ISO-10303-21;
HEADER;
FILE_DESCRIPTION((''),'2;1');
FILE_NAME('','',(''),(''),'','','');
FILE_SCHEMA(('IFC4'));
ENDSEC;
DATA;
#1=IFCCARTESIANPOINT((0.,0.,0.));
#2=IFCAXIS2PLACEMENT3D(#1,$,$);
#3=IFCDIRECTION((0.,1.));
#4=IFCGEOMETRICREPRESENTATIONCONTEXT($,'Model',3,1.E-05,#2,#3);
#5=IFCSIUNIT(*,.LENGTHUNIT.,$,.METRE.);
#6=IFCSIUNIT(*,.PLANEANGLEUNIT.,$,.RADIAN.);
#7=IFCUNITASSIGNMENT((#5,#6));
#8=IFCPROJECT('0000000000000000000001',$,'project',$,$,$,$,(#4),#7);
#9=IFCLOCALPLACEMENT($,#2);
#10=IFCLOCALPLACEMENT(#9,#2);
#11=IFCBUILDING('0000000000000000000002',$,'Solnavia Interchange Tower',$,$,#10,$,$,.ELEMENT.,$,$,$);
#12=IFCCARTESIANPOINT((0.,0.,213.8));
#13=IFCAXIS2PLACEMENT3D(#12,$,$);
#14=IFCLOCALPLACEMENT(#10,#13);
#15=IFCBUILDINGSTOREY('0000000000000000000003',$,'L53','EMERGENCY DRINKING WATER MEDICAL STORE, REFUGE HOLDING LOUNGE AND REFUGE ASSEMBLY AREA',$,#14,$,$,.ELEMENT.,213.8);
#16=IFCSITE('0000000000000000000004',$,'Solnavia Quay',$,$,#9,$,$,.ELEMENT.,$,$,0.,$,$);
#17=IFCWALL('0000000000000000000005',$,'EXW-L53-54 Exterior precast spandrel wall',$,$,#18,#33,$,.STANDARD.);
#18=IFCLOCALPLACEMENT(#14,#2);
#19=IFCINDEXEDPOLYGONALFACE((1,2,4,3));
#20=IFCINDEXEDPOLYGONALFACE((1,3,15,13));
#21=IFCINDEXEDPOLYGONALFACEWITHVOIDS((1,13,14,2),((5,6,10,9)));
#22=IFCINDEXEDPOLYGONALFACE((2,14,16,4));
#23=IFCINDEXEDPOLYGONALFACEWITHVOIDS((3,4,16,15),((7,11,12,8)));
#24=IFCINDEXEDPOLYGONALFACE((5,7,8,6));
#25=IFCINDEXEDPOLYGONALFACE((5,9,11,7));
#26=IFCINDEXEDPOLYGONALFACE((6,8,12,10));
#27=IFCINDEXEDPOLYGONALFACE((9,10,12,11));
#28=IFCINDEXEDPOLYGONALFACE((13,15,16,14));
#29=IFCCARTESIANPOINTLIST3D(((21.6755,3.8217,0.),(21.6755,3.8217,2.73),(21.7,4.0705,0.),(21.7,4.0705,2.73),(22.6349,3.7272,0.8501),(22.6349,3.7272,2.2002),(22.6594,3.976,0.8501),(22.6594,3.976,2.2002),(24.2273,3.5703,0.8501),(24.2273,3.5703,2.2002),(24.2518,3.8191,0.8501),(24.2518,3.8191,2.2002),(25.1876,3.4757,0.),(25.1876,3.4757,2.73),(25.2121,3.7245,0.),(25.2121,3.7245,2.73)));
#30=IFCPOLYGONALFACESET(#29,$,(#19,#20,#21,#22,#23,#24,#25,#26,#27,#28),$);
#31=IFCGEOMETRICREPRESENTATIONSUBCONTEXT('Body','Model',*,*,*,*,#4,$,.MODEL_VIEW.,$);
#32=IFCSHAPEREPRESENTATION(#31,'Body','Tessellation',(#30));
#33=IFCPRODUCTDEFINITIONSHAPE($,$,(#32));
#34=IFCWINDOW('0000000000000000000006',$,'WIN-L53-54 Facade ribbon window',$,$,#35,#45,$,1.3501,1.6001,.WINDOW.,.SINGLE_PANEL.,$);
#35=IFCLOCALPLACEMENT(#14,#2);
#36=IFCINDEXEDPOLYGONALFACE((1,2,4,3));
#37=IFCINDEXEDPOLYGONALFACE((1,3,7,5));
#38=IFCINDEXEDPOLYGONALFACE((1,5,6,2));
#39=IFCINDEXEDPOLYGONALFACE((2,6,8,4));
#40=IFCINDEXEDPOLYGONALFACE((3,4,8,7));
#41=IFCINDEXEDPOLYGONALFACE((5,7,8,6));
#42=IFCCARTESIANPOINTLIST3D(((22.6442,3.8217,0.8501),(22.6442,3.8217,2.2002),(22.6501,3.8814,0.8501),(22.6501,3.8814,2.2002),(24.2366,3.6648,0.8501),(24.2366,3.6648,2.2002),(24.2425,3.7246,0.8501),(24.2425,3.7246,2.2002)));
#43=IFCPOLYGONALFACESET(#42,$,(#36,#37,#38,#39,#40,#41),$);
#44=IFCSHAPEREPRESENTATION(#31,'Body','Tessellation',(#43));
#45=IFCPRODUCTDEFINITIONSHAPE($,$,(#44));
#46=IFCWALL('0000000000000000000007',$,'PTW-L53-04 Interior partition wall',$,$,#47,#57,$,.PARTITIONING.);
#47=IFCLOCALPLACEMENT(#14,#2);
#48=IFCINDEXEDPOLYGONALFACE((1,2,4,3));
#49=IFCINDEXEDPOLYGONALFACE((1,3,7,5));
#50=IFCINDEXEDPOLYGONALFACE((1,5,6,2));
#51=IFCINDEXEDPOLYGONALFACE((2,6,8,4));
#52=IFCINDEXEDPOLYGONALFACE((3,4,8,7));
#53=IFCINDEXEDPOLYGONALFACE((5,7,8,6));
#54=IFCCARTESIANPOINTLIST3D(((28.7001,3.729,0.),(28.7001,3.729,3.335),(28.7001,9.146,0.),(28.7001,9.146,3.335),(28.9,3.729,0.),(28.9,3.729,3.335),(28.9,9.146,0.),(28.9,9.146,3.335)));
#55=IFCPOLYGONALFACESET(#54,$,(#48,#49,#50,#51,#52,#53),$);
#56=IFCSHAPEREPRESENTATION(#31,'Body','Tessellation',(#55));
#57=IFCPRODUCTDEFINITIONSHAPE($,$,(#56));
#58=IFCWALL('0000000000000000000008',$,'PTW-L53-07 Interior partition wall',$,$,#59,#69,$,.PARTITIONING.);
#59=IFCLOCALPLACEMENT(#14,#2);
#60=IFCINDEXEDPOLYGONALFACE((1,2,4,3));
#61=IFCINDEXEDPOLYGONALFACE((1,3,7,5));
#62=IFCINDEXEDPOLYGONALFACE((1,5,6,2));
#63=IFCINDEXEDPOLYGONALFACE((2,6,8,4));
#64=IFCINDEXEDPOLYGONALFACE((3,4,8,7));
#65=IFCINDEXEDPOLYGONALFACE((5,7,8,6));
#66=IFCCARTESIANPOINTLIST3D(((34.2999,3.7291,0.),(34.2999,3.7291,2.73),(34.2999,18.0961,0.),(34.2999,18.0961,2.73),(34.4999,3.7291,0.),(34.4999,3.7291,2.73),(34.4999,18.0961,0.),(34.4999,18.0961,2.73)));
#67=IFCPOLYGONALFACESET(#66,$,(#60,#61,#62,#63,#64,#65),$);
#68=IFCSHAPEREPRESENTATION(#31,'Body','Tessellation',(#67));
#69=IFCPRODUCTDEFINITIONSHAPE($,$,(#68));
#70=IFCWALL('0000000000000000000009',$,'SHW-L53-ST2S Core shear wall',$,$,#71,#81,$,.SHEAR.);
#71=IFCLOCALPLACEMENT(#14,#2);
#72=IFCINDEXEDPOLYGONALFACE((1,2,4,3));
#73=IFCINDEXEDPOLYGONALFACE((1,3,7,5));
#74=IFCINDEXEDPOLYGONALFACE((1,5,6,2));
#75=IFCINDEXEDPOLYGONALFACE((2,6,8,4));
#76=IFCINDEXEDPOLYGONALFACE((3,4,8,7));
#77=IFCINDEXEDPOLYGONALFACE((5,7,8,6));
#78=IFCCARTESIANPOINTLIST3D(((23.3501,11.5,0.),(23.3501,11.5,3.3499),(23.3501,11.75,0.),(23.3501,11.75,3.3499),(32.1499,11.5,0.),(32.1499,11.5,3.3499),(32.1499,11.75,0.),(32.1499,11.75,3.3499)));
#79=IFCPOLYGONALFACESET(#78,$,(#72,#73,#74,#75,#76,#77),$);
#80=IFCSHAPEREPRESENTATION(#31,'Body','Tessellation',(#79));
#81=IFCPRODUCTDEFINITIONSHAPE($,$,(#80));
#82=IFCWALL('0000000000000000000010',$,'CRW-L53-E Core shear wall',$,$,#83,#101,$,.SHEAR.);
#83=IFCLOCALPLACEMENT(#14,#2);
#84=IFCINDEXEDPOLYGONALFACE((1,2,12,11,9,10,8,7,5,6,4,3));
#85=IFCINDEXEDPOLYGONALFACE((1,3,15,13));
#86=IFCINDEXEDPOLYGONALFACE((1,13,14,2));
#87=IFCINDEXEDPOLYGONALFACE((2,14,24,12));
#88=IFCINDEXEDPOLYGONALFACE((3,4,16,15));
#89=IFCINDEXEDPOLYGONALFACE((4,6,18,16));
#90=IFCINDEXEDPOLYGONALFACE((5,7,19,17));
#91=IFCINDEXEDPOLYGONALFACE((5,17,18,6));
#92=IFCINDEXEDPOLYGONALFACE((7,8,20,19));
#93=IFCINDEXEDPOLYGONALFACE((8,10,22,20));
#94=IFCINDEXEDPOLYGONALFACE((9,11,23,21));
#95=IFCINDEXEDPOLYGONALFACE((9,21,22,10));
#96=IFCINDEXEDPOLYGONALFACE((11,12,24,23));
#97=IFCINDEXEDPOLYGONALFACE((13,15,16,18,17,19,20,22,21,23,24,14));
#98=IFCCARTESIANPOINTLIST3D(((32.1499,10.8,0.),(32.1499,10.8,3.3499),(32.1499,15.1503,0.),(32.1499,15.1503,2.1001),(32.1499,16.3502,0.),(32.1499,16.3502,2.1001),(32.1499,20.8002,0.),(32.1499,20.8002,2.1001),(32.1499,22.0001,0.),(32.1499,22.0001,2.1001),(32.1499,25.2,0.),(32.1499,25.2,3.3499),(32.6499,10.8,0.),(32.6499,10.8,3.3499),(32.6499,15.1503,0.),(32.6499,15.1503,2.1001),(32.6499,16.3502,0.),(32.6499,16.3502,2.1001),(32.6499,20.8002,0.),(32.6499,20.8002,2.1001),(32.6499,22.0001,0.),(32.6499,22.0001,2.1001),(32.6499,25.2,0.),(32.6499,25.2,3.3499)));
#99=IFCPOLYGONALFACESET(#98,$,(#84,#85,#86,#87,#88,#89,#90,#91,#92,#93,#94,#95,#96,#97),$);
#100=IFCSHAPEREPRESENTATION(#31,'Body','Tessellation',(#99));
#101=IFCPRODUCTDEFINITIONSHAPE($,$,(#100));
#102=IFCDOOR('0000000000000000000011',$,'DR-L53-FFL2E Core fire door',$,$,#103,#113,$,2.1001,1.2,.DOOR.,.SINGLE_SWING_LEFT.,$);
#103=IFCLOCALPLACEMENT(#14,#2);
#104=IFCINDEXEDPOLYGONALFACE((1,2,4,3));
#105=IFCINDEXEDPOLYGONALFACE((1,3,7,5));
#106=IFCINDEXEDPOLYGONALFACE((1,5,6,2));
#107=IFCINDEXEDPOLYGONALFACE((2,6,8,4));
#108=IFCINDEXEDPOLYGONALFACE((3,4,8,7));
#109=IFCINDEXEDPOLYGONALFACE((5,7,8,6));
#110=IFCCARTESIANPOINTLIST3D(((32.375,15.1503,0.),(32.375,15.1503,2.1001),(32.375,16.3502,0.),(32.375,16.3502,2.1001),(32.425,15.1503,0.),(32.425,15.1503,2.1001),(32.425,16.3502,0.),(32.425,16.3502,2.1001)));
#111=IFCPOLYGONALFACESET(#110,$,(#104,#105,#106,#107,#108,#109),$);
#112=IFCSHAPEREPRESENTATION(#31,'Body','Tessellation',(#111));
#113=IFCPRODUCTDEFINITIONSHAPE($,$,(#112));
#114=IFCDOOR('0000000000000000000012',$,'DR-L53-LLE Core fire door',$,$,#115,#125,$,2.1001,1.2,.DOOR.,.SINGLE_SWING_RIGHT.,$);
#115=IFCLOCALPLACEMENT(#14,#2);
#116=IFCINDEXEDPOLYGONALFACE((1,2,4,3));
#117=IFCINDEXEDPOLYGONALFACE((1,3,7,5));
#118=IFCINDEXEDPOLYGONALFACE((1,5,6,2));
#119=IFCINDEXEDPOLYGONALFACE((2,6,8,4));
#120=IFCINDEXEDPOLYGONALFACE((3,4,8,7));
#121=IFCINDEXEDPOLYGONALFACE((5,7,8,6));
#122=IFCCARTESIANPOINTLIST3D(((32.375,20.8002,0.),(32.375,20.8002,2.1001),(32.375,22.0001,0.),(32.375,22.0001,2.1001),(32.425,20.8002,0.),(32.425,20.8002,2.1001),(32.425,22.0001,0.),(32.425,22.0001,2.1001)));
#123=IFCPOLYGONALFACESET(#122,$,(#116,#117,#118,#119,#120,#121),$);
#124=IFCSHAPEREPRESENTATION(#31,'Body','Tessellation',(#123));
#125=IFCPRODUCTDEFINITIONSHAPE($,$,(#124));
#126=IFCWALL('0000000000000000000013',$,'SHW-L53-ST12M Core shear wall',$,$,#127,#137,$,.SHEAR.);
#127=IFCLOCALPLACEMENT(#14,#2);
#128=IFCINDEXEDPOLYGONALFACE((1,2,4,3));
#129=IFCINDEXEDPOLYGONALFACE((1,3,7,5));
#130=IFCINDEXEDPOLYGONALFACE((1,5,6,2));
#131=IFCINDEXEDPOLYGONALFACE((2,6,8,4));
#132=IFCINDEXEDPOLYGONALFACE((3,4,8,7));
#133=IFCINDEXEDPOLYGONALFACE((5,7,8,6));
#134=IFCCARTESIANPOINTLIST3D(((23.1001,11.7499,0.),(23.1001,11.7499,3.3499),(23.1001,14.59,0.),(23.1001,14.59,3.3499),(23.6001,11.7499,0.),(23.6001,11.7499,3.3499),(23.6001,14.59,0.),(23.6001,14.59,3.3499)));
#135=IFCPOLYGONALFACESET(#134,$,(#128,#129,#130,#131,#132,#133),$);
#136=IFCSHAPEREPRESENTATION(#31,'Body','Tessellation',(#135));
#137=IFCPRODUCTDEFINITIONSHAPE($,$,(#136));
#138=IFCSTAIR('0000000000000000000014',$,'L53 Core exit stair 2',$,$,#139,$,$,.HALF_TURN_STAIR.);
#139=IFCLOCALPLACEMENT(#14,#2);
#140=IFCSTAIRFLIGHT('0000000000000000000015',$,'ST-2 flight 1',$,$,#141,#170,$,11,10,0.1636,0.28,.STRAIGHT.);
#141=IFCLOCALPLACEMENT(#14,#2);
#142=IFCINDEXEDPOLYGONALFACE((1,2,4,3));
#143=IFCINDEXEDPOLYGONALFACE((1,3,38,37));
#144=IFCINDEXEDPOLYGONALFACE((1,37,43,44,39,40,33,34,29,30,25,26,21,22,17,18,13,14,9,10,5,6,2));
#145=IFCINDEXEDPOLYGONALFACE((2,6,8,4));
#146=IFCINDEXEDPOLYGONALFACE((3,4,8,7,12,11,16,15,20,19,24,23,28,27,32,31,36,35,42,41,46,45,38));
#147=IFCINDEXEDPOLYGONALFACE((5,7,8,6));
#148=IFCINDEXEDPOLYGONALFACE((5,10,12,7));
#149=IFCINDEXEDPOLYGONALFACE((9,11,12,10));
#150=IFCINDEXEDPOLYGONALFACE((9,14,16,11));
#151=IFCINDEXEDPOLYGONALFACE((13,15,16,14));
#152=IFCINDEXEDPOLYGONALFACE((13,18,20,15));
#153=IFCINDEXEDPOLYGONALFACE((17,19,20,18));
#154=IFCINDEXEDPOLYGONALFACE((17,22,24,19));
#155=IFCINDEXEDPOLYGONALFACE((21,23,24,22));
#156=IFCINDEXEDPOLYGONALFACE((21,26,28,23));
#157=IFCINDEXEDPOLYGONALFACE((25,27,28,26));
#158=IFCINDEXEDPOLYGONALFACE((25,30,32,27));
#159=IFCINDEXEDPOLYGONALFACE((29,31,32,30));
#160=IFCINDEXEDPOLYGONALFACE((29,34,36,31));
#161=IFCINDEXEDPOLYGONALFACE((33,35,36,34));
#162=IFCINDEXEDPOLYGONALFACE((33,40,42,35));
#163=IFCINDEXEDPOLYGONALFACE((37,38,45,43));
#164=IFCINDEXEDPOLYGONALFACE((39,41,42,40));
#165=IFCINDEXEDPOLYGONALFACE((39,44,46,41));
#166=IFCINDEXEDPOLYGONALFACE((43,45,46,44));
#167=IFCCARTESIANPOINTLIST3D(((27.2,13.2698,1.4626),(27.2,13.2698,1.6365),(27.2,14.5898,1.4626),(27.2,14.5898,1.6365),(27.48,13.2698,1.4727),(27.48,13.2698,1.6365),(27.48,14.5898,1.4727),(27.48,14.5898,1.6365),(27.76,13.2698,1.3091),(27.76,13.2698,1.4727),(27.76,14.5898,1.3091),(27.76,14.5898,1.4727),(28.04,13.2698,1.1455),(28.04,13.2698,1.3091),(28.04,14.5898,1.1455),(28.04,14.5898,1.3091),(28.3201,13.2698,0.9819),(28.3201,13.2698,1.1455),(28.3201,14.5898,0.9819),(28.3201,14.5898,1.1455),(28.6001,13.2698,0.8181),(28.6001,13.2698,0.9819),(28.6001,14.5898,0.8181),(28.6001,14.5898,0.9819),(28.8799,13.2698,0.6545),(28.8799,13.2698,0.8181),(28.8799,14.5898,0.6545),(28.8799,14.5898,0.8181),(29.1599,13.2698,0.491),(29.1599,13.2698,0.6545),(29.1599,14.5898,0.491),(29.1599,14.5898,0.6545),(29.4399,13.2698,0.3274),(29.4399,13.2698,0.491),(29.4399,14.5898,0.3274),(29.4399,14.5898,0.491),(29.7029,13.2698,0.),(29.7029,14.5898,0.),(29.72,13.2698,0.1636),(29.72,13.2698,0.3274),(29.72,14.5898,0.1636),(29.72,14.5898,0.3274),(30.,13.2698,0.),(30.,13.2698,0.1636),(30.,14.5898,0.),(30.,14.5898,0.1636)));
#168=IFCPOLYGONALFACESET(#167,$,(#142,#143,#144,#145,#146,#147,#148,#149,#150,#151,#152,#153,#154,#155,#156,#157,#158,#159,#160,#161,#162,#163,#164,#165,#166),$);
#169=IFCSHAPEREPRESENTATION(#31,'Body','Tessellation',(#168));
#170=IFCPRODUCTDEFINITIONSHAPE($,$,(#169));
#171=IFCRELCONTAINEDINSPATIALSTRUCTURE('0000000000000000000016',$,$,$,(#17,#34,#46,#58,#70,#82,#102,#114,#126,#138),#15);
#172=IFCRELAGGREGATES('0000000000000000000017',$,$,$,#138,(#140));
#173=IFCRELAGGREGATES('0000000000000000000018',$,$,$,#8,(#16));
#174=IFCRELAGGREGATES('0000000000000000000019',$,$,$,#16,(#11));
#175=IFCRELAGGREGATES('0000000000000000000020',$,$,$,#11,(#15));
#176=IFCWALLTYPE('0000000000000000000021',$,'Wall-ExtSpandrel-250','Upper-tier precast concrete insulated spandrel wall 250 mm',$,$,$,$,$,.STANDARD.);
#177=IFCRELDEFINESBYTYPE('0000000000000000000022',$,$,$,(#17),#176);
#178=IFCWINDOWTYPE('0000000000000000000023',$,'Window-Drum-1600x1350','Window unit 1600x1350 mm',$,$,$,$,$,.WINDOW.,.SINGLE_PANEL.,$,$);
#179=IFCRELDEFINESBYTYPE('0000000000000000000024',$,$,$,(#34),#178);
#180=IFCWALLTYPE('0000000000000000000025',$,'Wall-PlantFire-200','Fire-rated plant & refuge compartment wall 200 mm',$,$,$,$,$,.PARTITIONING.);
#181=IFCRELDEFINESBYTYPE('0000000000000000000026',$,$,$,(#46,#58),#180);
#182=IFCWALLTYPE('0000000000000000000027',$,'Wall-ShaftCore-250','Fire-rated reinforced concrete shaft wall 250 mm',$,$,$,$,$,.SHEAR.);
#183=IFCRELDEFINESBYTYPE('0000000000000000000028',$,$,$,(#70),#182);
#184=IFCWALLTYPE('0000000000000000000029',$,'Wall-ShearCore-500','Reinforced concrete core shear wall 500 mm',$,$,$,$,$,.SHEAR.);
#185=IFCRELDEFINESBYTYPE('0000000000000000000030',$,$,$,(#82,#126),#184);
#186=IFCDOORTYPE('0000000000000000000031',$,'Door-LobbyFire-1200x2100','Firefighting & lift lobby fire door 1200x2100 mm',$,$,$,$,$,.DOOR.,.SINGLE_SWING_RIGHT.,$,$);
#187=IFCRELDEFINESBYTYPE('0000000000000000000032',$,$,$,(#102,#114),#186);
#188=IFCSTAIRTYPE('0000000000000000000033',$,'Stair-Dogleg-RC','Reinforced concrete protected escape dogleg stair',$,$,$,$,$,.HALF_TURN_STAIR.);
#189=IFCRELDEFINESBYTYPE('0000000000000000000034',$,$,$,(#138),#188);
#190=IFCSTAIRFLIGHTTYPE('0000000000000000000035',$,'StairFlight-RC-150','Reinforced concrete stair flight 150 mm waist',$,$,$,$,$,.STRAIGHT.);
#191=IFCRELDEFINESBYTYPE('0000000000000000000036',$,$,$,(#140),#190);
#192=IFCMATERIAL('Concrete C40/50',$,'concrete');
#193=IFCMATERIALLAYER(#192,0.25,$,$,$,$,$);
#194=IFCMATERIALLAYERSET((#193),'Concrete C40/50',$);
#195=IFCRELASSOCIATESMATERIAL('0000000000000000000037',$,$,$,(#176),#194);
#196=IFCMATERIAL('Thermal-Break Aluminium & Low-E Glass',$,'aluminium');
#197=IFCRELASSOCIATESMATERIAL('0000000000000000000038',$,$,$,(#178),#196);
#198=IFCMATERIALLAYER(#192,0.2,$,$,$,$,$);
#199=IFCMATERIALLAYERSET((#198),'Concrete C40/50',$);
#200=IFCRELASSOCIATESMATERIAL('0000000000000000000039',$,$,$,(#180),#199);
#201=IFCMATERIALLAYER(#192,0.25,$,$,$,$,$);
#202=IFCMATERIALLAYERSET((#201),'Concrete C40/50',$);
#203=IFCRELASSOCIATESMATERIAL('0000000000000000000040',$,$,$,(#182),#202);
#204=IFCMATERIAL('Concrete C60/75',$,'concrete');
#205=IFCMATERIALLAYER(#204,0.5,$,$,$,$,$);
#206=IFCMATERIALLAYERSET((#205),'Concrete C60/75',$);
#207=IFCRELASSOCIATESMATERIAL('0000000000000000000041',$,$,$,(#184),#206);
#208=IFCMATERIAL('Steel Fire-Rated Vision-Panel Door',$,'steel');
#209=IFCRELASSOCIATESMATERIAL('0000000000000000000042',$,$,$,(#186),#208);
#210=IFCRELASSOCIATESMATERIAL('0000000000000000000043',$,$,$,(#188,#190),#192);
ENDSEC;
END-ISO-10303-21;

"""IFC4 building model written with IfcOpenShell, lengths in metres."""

from ifc_helpers import new_model, si_unit, direction, frame, frame_2d, origin, place, context, subcontext, project, spatial, polyline, rectangle, outline, extrude, material, layer, layer_set, type_object, element, fill, aggregate, save


model = new_model("IFC4")

# Units and contexts
model_context = context("Model", 3, precision=1e-05, world=origin(), true_north=direction((0.0, 1.0)))
body_context = subcontext(model_context, "Body", "Model", "MODEL_VIEW")
ifc_project = project(units=[si_unit("LENGTHUNIT", "METRE"), si_unit("PLANEANGLEUNIT", "RADIAN")], contexts=[model_context])

# Site, building, storey
site_placement = place(None, origin())
site = spatial("IfcSite", under=ifc_project, at=site_placement, Name="Solnavia Quay", CompositionType="ELEMENT", RefElevation=0.0)
building_placement = place(site_placement, origin())
building = spatial("IfcBuilding", under=site, at=building_placement, Name="Solnavia Interchange Tower", CompositionType="ELEMENT")
storey_placement = place(building_placement, frame((0.0, 0.0, 213.8)))
storey = spatial("IfcBuildingStorey", under=building, at=storey_placement, Name="L53", Description="EMERGENCY DRINKING WATER MEDICAL STORE, REFUGE HOLDING LOUNGE AND REFUGE ASSEMBLY AREA", CompositionType="ELEMENT", Elevation=213.8)

# Shared definitions
ifc_material_1 = material(Name="Concrete C40/50", Category="concrete")
ifc_layer_1 = layer(ifc_material_1, 0.25)
ifc_layer_set_1 = layer_set([ifc_layer_1], Name="Concrete C40/50")
wall_type_1 = type_object("IfcWallType", Name="Wall-ExtSpandrel-250", Description="Upper-tier precast concrete insulated spandrel wall 250 mm", PredefinedType="STANDARD", material=ifc_layer_set_1)
ifc_material_2 = material(Name="Thermal-Break Aluminium & Low-E Glass", Category="aluminium")

# Wall, opening, window
wall_1_placement = place(storey_placement, frame((25.2, 3.6001, 0.0), z_axis=(0.0, 0.0, 1.0), x_axis=(-0.995183, 0.098031, 0.0)))
wall_1 = element("IfcWall", 1, at=wall_1_placement, inside=storey, type_object=wall_type_1, Name="EXW-L53-54 Exterior precast spandrel wall", PredefinedType="STANDARD", context=body_context, shape_type="SweptSolid", body=[
    extrude(rectangle(XDim=3.5291, YDim=0.25, at=frame_2d((1.7646, 0.0))), origin(), (0.0, 0.0, 1.0), 2.73),
])
opening_1_placement = place(wall_1_placement, frame((0.9651, 0.0, 0.8501)))
opening_1 = element("IfcOpeningElement", 2, at=opening_1_placement, cuts=wall_1, PredefinedType="OPENING", context=body_context, shape_type="SweptSolid", body=[
    extrude(rectangle(XDim=1.6001, YDim=1.3501, at=frame_2d((0.8, 0.675))), frame((0.0, 0.135, 0.0), z_axis=(0.0, -1.0, 0.0), x_axis=(1.0, 0.0, 0.0)), (0.0, 0.0, 1.0), 0.27),
])
window_type_1 = type_object("IfcWindowType", Name="Window-Drum-1600x1350", Description="Window unit 1600x1350 mm", PartitioningType="SINGLE_PANEL", PredefinedType="WINDOW", material=ifc_material_2)
window_1_placement = place(opening_1_placement, origin())
window_1 = element("IfcWindow", 3, at=window_1_placement, inside=storey, type_object=window_type_1, Name="WIN-L53-54 Facade ribbon window", OverallHeight=1.3501, OverallWidth=1.6001, PartitioningType="SINGLE_PANEL", PredefinedType="WINDOW", context=body_context, shape_type="SweptSolid", body=[
    extrude(rectangle(XDim=1.6001, YDim=1.3501, at=frame_2d((0.8, 0.675))), frame((0.0, 0.03, 0.0), z_axis=(0.0, -1.0, 0.0), x_axis=(1.0, 0.0, 0.0)), (0.0, 0.0, 1.0), 0.0601),
])
fill(opening_1, window_1)

# Walls
ifc_layer_2 = layer(ifc_material_1, 0.2)
ifc_layer_set_2 = layer_set([ifc_layer_2], Name="Concrete C40/50")
wall_type_2 = type_object("IfcWallType", Name="Wall-PlantFire-200", Description="Fire-rated plant & refuge compartment wall 200 mm", PredefinedType="PARTITIONING", material=ifc_layer_set_2)
wall_2_placement = place(storey_placement, frame((28.8, 9.146, 0.0), z_axis=(0.0, 0.0, 1.0), x_axis=(0.0, -1.0, 0.0)))
element("IfcWall", 4, at=wall_2_placement, inside=storey, type_object=wall_type_2, Name="PTW-L53-04 Interior partition wall", PredefinedType="PARTITIONING", context=body_context, shape_type="SweptSolid", body=[
    extrude(rectangle(XDim=5.417, YDim=0.2, at=frame_2d((2.7085, 0.0))), origin(), (0.0, 0.0, 1.0), 3.335),
])
wall_3_placement = place(storey_placement, frame((34.3999, 3.729, 0.0), z_axis=(0.0, 0.0, 1.0), x_axis=(0.0, 1.0, 0.0)))
element("IfcWall", 5, at=wall_3_placement, inside=storey, type_object=wall_type_2, Name="PTW-L53-07 Interior partition wall", PredefinedType="PARTITIONING", context=body_context, shape_type="SweptSolid", body=[
    extrude(rectangle(XDim=14.3669, YDim=0.2, at=frame_2d((7.1836, 0.0))), origin(), (0.0, 0.0, 1.0), 2.73),
])
ifc_layer_3 = layer(ifc_material_1, 0.25)
ifc_layer_set_3 = layer_set([ifc_layer_3], Name="Concrete C40/50")
wall_type_3 = type_object("IfcWallType", Name="Wall-ShaftCore-250", Description="Fire-rated reinforced concrete shaft wall 250 mm", PredefinedType="SHEAR", material=ifc_layer_set_3)
wall_4_placement = place(storey_placement, frame((23.3501, 11.625, 0.0), z_axis=(0.0, 0.0, 1.0), x_axis=(1.0, 0.0, 0.0)))
element("IfcWall", 6, at=wall_4_placement, inside=storey, type_object=wall_type_3, Name="SHW-L53-ST2S Core shear wall", PredefinedType="SHEAR", context=body_context, shape_type="SweptSolid", body=[
    extrude(rectangle(XDim=8.7998, YDim=0.25, at=frame_2d((4.3999, 0.0))), origin(), (0.0, 0.0, 1.0), 3.3499),
])

# Wall, openings, doors
ifc_material_3 = material(Name="Concrete C60/75", Category="concrete")
ifc_layer_4 = layer(ifc_material_3, 0.5)
ifc_layer_set_4 = layer_set([ifc_layer_4], Name="Concrete C60/75")
wall_type_4 = type_object("IfcWallType", Name="Wall-ShearCore-500", Description="Reinforced concrete core shear wall 500 mm", PredefinedType="SHEAR", material=ifc_layer_set_4)
wall_5_placement = place(storey_placement, frame((32.3999, 10.8, 0.0), z_axis=(0.0, 0.0, 1.0), x_axis=(0.0, 1.0, 0.0)))
wall_5 = element("IfcWall", 7, at=wall_5_placement, inside=storey, type_object=wall_type_4, Name="CRW-L53-E Core shear wall", PredefinedType="SHEAR", context=body_context, shape_type="SweptSolid", body=[
    extrude(rectangle(XDim=14.3999, YDim=0.5, at=frame_2d((7.2, 0.0))), origin(), (0.0, 0.0, 1.0), 3.3499),
])
opening_2_placement = place(wall_5_placement, frame((4.3501, 0.0, 0.0)))
opening_2 = element("IfcOpeningElement", 8, at=opening_2_placement, cuts=wall_5, PredefinedType="OPENING", context=body_context, shape_type="SweptSolid", body=[
    extrude(rectangle(XDim=1.2, YDim=2.1001, at=frame_2d((0.6001, 1.05))), frame((0.0, 0.26, 0.0), z_axis=(0.0, -1.0, 0.0), x_axis=(1.0, 0.0, 0.0)), (0.0, 0.0, 1.0), 0.52),
])
opening_3_placement = place(wall_5_placement, frame((10.0, 0.0, 0.0)))
opening_3 = element("IfcOpeningElement", 9, at=opening_3_placement, cuts=wall_5, PredefinedType="OPENING", context=body_context, shape_type="SweptSolid", body=[
    extrude(rectangle(XDim=1.2, YDim=2.1001, at=frame_2d((0.6001, 1.05))), frame((0.0, 0.26, 0.0), z_axis=(0.0, -1.0, 0.0), x_axis=(1.0, 0.0, 0.0)), (0.0, 0.0, 1.0), 0.52),
])
ifc_material_4 = material(Name="Steel Fire-Rated Vision-Panel Door", Category="steel")
door_type = type_object("IfcDoorType", Name="Door-LobbyFire-1200x2100", Description="Firefighting & lift lobby fire door 1200x2100 mm", OperationType="SINGLE_SWING_RIGHT", PredefinedType="DOOR", material=ifc_material_4)
door_1_placement = place(opening_2_placement, origin())
door_1 = element("IfcDoor", 10, at=door_1_placement, inside=storey, type_object=door_type, Name="DR-L53-FFL2E Core fire door", OperationType="SINGLE_SWING_LEFT", OverallHeight=2.1001, OverallWidth=1.2, PredefinedType="DOOR", context=body_context, shape_type="SweptSolid", body=[
    extrude(rectangle(XDim=1.2, YDim=2.1001, at=frame_2d((0.6001, 1.05))), frame((0.0, 0.0249, 0.0), z_axis=(0.0, -1.0, 0.0), x_axis=(1.0, 0.0, 0.0)), (0.0, 0.0, 1.0), 0.05),
])
fill(opening_2, door_1)
door_2_placement = place(opening_3_placement, origin())
door_2 = element("IfcDoor", 11, at=door_2_placement, inside=storey, type_object=door_type, Name="DR-L53-LLE Core fire door", OperationType="SINGLE_SWING_RIGHT", OverallHeight=2.1001, OverallWidth=1.2, PredefinedType="DOOR", context=body_context, shape_type="SweptSolid", body=[
    extrude(rectangle(XDim=1.2, YDim=2.1001, at=frame_2d((0.6001, 1.05))), frame((0.0, 0.0249, 0.0), z_axis=(0.0, -1.0, 0.0), x_axis=(1.0, 0.0, 0.0)), (0.0, 0.0, 1.0), 0.05),
])
fill(opening_3, door_2)

# Wall
wall_6_placement = place(storey_placement, frame((23.3501, 11.75, 0.0), z_axis=(0.0, 0.0, 1.0), x_axis=(0.0, 1.0, 0.0)))
element("IfcWall", 12, at=wall_6_placement, inside=storey, type_object=wall_type_4, Name="SHW-L53-ST12M Core shear wall", PredefinedType="SHEAR", context=body_context, shape_type="SweptSolid", body=[
    extrude(rectangle(XDim=2.8401, YDim=0.5, at=frame_2d((1.4199, 0.0))), origin(), (0.0, 0.0, 1.0), 3.3499),
])

# Stair, stair flight
stair_type = type_object("IfcStairType", Name="Stair-Dogleg-RC", Description="Reinforced concrete protected escape dogleg stair", PredefinedType="HALF_TURN_STAIR", material=ifc_material_1)
stair_placement = place(storey_placement, origin())
stair = element("IfcStair", 13, at=stair_placement, inside=storey, type_object=stair_type, Name="L53 Core exit stair 2", PredefinedType="HALF_TURN_STAIR")
stair_flight_type = type_object("IfcStairFlightType", Name="StairFlight-RC-150", Description="Reinforced concrete stair flight 150 mm waist", PredefinedType="STRAIGHT", material=ifc_material_1)
stair_flight_1_placement = place(storey_placement, frame((30.0, 13.9299, 0.0), z_axis=(0.0, 0.0, 1.0), x_axis=(-1.0, 0.0, 0.0)))
stair_flight_1 = element("IfcStairFlight", 14, at=stair_flight_1_placement, type_object=stair_flight_type, Name="ST-2 flight 1", NumberOfRisers=11, NumberOfTreads=10, PredefinedType="STRAIGHT", RiserHeight=0.1636, TreadLength=0.28, context=body_context, shape_type="SweptSolid", body=[
    extrude(outline(polyline([(0.0, 0.0), (0.0, 0.1636), (0.28, 0.1636), (0.28, 0.3274), (0.5601, 0.3274), (0.5601, 0.491), (0.8401, 0.491), (0.8401, 0.6545), (1.1201, 0.6545), (1.1201, 0.8181), (1.3999, 0.8181), (1.3999, 0.9819), (1.6799, 0.9819), (1.6799, 1.1455), (1.96, 1.1455), (1.96, 1.3091), (2.24, 1.3091), (2.24, 1.4727), (2.52, 1.4727), (2.52, 1.6365), (2.8, 1.6365), (2.8, 1.8), (2.8, 1.4626), (0.2971, 0.0), (0.0, 0.0)])), frame((0.0, 0.6602, 0.0), z_axis=(0.0, -1.0, 0.0), x_axis=(1.0, 0.0, 0.0)), (0.0, 0.0, 1.0), 1.3201),
])
aggregate(stair, [stair_flight_1])

save(model, "model.ifc")
